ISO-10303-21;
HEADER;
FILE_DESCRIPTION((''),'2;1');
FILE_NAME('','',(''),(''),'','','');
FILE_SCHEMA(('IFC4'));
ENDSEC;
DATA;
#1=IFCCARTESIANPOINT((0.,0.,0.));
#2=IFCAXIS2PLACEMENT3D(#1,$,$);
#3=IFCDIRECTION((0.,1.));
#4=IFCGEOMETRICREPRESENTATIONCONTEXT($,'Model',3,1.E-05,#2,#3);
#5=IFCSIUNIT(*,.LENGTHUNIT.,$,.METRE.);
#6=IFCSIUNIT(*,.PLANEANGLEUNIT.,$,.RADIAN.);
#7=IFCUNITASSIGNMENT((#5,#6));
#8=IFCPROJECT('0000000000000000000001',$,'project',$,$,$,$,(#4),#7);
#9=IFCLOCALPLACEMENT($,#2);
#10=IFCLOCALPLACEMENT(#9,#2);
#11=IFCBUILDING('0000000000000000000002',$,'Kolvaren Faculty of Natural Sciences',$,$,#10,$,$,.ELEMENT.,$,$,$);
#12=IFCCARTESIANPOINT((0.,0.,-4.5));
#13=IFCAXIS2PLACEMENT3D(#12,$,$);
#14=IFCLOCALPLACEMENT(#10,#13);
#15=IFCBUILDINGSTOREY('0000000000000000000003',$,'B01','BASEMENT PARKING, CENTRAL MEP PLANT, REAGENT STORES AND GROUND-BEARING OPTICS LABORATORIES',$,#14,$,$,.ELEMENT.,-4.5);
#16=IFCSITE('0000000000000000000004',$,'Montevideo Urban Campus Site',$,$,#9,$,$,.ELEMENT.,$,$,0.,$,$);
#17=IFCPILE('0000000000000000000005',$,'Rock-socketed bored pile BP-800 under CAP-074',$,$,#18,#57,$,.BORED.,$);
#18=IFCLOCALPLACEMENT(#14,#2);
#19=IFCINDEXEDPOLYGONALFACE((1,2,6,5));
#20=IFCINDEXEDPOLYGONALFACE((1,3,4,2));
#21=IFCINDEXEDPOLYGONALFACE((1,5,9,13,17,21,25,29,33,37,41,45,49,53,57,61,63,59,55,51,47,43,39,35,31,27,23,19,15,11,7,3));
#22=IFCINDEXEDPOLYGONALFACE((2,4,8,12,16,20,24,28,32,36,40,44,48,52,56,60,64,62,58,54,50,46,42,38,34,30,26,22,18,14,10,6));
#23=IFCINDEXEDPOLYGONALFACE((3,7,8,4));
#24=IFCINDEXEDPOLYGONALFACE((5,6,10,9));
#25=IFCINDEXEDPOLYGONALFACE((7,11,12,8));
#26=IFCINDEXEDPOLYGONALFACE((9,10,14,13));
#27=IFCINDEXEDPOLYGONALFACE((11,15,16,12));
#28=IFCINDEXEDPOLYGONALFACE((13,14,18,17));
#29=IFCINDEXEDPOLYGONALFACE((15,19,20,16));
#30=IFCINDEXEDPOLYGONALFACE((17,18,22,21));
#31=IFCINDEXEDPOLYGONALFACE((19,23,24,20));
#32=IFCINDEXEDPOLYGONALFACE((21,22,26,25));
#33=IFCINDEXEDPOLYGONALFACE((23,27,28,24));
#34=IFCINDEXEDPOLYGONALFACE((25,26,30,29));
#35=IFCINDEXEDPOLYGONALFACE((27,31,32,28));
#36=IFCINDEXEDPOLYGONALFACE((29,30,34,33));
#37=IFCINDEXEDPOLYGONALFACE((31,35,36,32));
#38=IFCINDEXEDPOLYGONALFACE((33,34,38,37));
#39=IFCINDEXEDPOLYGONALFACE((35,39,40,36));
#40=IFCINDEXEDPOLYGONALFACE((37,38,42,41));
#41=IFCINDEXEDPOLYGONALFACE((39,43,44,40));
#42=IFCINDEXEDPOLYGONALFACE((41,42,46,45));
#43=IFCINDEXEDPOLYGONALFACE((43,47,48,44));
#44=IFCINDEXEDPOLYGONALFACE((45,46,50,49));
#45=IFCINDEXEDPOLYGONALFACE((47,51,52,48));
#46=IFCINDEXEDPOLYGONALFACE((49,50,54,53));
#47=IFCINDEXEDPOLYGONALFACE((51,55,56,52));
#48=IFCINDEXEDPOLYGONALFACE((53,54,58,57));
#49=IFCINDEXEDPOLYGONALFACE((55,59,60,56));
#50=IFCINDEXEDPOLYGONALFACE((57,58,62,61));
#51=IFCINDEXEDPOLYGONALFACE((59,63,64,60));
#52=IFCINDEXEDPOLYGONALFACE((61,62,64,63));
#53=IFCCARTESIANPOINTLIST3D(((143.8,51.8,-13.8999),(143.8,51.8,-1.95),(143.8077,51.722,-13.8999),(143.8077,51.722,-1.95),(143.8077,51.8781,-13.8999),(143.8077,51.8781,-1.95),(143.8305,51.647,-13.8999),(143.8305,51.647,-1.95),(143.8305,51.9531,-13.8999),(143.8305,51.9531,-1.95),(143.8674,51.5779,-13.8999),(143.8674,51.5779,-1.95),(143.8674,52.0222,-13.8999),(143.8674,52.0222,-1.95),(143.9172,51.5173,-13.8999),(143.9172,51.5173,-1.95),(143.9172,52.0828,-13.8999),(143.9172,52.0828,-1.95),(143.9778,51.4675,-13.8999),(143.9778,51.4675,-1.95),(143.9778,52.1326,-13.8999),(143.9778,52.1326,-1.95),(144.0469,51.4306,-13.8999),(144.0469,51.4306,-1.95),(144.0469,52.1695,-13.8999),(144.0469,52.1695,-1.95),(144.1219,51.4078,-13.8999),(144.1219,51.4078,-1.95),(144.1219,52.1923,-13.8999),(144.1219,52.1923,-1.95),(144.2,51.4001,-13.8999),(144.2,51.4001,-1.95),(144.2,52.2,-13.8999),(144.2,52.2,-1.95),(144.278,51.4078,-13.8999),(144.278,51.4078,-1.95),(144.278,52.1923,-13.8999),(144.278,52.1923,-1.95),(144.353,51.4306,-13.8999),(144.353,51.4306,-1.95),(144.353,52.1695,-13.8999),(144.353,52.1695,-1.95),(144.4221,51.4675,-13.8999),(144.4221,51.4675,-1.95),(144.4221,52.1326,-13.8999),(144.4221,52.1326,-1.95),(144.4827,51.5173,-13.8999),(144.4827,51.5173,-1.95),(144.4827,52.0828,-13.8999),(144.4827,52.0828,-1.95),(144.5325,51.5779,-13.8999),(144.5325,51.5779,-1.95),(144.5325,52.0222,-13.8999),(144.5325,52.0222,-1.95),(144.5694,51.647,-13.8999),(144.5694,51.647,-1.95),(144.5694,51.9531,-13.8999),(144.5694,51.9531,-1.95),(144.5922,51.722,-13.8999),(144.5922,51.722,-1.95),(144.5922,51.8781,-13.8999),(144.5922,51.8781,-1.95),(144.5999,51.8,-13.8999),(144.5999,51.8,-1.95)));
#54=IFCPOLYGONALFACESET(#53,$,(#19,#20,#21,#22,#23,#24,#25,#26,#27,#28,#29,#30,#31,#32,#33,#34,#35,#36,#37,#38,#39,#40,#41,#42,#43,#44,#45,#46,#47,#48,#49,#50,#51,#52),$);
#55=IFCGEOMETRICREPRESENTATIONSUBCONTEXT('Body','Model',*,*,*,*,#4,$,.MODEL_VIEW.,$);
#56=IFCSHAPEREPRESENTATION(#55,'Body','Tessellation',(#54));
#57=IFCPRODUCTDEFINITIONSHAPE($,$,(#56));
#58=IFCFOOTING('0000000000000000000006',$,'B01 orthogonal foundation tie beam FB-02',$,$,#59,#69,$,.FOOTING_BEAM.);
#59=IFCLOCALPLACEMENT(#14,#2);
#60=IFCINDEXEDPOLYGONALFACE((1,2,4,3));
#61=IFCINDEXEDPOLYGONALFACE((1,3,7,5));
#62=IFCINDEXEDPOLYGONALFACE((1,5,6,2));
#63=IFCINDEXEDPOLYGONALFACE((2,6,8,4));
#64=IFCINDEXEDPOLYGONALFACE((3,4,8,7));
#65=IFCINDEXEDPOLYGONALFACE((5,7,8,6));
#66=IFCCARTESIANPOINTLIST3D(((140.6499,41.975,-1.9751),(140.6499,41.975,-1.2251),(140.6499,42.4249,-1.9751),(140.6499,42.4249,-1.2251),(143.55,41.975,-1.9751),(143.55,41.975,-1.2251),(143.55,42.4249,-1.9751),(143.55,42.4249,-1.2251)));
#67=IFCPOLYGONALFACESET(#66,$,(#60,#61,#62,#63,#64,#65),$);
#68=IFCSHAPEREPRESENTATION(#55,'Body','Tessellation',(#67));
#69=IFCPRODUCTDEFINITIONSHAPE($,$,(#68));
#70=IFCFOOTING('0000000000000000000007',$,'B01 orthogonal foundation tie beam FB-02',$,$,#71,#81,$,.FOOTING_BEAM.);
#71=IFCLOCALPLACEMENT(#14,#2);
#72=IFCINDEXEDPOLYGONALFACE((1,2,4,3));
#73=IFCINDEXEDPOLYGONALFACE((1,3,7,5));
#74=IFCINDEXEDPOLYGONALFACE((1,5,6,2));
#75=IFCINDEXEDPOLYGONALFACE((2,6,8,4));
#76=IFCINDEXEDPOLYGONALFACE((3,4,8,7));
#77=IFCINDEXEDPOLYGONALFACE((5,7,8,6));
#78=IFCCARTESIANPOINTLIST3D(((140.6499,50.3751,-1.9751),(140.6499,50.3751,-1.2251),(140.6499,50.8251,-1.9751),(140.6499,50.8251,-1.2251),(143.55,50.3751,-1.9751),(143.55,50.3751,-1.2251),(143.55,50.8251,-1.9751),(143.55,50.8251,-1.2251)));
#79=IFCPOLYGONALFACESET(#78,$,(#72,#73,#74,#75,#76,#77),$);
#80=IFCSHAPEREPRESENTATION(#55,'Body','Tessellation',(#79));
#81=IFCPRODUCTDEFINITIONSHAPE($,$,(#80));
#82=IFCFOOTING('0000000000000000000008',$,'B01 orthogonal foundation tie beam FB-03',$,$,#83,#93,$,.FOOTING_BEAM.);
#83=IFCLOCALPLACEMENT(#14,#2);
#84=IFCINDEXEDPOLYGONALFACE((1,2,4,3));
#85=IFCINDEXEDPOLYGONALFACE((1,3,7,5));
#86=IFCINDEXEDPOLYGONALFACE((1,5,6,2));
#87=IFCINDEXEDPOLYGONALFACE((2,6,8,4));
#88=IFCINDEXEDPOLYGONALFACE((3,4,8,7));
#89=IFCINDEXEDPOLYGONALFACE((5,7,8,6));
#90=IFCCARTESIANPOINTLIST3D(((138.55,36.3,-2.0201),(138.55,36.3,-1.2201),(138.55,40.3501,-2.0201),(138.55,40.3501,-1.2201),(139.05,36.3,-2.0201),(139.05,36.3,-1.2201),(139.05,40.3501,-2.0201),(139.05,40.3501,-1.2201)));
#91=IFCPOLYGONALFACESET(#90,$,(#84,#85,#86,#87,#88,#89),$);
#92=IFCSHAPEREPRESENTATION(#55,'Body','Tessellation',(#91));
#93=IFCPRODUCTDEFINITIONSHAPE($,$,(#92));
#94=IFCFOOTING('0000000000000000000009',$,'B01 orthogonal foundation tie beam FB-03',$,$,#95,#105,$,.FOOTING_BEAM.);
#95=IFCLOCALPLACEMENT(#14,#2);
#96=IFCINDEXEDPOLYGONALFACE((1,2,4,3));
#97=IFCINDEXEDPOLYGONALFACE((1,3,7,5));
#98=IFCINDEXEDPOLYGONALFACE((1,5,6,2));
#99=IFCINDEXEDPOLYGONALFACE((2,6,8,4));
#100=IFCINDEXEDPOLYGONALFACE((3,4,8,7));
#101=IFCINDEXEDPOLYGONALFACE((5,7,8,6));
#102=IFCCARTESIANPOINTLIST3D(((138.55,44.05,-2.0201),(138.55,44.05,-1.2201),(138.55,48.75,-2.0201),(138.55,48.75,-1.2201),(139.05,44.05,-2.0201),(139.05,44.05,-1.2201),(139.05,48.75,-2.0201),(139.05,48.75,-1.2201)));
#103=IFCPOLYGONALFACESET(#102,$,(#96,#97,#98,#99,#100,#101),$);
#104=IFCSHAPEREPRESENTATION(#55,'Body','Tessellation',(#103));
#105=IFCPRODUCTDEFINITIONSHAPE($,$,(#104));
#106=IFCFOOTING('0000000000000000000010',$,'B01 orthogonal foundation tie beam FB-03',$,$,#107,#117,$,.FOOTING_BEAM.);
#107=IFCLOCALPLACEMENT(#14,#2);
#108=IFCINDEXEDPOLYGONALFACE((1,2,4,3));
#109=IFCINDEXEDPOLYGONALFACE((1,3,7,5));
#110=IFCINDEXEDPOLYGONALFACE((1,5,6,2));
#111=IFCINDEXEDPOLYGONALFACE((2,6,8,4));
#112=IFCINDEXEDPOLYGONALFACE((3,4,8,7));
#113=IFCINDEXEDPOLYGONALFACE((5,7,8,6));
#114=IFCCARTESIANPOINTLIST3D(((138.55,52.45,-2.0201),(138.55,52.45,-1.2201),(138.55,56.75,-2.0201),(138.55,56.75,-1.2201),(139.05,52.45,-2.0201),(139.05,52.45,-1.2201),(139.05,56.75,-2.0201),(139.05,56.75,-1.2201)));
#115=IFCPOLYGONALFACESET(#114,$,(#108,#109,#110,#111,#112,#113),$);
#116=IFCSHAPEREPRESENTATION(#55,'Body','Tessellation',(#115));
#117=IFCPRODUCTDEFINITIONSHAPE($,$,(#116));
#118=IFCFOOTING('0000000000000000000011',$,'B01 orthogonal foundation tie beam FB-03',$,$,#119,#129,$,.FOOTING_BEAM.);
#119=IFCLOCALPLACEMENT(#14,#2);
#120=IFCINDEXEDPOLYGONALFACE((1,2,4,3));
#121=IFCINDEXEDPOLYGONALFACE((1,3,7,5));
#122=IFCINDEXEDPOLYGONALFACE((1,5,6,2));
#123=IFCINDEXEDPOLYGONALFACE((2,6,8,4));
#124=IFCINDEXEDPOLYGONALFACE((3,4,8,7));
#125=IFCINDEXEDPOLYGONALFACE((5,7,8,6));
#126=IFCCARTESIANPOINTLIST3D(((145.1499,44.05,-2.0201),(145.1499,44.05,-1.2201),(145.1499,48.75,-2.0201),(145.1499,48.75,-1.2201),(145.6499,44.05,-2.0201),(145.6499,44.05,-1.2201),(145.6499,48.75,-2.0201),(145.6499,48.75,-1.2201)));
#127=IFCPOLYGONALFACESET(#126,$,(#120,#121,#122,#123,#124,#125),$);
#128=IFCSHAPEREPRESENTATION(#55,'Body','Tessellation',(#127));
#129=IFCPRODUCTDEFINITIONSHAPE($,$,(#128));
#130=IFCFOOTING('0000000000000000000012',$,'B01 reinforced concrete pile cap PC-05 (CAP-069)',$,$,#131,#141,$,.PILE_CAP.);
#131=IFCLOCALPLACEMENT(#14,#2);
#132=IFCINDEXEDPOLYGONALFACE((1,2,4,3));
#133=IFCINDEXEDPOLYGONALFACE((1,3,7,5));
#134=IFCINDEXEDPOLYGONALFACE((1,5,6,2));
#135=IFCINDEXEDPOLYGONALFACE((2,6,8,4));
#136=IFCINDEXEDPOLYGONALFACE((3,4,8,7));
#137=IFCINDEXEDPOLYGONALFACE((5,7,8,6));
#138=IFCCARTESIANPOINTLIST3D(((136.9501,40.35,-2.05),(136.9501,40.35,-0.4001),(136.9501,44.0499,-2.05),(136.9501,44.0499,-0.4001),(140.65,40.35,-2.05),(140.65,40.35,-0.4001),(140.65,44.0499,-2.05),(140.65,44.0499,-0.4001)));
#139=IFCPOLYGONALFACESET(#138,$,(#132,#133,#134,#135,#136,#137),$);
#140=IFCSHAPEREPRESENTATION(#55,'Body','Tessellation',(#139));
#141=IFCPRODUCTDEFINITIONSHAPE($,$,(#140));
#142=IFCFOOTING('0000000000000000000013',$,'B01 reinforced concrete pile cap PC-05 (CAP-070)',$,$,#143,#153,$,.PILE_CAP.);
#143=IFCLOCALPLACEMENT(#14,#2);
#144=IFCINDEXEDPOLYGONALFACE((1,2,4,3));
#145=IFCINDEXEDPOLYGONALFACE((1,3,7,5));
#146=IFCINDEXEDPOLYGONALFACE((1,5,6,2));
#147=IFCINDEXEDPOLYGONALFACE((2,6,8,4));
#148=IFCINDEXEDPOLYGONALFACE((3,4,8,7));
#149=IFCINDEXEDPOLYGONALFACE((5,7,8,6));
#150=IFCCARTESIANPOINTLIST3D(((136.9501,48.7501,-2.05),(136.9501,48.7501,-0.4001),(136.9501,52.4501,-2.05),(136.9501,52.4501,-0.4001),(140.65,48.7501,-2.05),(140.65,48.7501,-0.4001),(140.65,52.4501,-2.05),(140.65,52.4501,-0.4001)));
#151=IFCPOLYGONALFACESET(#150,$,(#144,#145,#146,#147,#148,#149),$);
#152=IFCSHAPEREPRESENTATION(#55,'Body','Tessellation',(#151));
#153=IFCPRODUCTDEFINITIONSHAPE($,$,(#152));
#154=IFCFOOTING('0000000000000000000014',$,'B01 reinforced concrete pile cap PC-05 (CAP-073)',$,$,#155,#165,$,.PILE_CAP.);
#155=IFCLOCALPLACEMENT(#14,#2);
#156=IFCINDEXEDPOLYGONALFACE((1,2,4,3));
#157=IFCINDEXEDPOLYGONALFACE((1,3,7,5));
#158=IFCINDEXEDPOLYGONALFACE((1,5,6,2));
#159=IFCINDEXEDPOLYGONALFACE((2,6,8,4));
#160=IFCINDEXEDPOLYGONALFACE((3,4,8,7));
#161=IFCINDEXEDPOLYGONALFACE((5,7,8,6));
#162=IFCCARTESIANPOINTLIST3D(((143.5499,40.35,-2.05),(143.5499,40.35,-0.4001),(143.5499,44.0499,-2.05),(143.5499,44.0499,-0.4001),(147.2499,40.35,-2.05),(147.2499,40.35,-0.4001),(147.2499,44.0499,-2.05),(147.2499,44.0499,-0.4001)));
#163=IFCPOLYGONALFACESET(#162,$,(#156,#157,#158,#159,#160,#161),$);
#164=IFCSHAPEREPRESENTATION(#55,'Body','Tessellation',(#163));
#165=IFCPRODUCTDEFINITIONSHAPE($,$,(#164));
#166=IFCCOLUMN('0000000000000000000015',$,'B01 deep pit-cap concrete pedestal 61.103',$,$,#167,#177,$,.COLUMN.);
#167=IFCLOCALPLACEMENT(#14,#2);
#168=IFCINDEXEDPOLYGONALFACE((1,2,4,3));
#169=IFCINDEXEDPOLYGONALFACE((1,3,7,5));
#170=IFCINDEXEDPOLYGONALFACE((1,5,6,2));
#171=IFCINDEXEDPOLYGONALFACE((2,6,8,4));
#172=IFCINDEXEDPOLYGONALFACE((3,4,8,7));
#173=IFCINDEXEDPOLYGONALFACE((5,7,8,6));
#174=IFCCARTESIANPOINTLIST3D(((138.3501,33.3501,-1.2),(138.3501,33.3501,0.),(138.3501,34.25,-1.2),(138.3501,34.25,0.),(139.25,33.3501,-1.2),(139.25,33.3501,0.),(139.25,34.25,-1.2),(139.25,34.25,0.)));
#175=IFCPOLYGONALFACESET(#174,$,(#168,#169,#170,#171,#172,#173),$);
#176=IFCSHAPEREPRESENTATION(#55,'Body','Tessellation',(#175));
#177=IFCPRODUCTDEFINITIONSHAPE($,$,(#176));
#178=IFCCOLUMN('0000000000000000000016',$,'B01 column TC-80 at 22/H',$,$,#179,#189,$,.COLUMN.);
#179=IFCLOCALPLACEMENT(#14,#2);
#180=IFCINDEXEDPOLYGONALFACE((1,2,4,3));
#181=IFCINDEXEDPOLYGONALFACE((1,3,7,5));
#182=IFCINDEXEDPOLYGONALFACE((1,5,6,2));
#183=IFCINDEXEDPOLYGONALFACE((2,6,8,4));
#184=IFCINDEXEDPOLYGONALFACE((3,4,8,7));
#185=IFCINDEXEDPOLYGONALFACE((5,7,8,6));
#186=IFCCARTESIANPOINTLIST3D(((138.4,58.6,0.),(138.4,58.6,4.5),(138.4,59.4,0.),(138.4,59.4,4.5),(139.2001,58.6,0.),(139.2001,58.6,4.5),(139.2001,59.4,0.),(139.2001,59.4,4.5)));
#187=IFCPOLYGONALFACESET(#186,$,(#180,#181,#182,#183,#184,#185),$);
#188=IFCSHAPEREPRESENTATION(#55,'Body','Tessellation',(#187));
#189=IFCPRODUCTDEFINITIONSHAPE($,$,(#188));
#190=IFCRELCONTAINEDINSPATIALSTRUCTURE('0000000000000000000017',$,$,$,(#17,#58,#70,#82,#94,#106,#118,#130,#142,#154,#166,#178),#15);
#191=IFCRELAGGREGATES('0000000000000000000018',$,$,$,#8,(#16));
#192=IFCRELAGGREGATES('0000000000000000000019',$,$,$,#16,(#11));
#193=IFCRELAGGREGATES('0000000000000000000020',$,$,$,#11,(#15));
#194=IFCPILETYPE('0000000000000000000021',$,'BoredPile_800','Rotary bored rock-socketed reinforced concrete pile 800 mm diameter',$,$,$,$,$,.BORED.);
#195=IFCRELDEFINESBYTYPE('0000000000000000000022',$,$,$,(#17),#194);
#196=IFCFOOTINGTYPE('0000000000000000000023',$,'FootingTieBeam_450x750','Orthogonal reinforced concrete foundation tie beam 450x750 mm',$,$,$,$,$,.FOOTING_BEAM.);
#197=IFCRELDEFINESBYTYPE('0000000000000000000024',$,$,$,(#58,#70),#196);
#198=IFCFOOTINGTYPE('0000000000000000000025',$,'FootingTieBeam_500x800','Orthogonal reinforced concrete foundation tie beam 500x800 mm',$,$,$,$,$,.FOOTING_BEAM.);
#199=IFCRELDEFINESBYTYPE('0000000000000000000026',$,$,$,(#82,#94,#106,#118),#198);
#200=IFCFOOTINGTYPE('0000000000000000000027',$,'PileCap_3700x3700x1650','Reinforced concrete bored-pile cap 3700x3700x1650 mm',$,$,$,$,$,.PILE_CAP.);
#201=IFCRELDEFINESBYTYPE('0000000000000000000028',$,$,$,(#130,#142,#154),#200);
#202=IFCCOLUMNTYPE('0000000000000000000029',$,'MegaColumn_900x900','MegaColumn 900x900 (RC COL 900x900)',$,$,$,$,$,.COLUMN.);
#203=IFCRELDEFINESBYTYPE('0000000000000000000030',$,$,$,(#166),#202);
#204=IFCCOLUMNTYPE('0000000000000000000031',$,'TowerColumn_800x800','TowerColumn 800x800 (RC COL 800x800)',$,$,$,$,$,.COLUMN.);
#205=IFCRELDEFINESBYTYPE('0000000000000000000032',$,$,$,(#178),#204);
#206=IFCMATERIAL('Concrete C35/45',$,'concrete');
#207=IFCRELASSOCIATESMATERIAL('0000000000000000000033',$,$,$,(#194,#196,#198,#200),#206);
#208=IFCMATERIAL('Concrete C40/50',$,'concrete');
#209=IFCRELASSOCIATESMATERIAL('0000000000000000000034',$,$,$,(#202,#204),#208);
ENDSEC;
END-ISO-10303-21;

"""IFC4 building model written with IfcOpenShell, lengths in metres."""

from ifc_helpers import new_model, si_unit, direction, frame, origin, origin_2d, place, context, subcontext, project, spatial, rectangle, circle, extrude, material, material_profile, profile_set, type_object, element, save


model = new_model("IFC4")

# Units and contexts
model_context = context("Model", 3, precision=1e-05, world=origin(), true_north=direction((0.0, 1.0)))
body_context = subcontext(model_context, "Body", "Model", "MODEL_VIEW")
ifc_project = project(units=[si_unit("LENGTHUNIT", "METRE"), si_unit("PLANEANGLEUNIT", "RADIAN")], contexts=[model_context])

# Site, building, storey
site_placement = place(None, origin())
site = spatial("IfcSite", under=ifc_project, at=site_placement, Name="Montevideo Urban Campus Site", CompositionType="ELEMENT", RefElevation=0.0)
building_placement = place(site_placement, origin())
building = spatial("IfcBuilding", under=site, at=building_placement, Name="Kolvaren Faculty of Natural Sciences", CompositionType="ELEMENT")
storey_placement = place(building_placement, frame((0.0, 0.0, -4.5)))
storey = spatial("IfcBuildingStorey", under=building, at=storey_placement, Name="B01", Description="BASEMENT PARKING, CENTRAL MEP PLANT, REAGENT STORES AND GROUND-BEARING OPTICS LABORATORIES", CompositionType="ELEMENT", Elevation=-4.5)

# Pile
ifc_material_1 = material(Name="Concrete C35/45", Category="concrete")
ifc_material_profile_1 = material_profile(ifc_material_1, circle(Radius=0.3999, at=origin_2d()), Name="PILE D800")
ifc_profile_set_1 = profile_set([ifc_material_profile_1], Name="Concrete C35/45")
pile_type_1 = type_object("IfcPileType", Name="BoredPile_800", Description="Rotary bored rock-socketed reinforced concrete pile 800 mm diameter", PredefinedType="BORED", material=ifc_profile_set_1)
for number, where, z_axis, x_axis, name in (
    (1, (144.2, 51.8, -1.95), (0.0, 0.0, -1.0), (1.0, 0.0, 0.0), "Rock-socketed bored pile BP-800 under CAP-074"),
):
    element("IfcPile", number, at=place(storey_placement, frame(where, z_axis=z_axis, x_axis=x_axis)), inside=storey, type_object=pile_type_1, Name=name, PredefinedType="BORED", context=body_context, shape_type="SweptSolid", body=[
        extrude(circle(Radius=0.3999, at=origin_2d()), origin(), (0.0, 0.0, 1.0), 11.95),
    ])

# Footings
ifc_material_profile_2 = material_profile(ifc_material_1, rectangle(XDim=0.45, YDim=0.75, at=origin_2d()), Name="RC FB 450x750")
ifc_profile_set_2 = profile_set([ifc_material_profile_2], Name="Concrete C35/45")
footing_type_1 = type_object("IfcFootingType", Name="FootingTieBeam_450x750", Description="Orthogonal reinforced concrete foundation tie beam 450x750 mm", PredefinedType="FOOTING_BEAM", material=ifc_profile_set_2)
for number, where, z_axis, x_axis, name in (
    (2, (140.6499, 42.2, -1.6001), (1.0, 0.0, 0.0), (0.0, 1.0, 0.0), "B01 orthogonal foundation tie beam FB-02"),
    (3, (140.6499, 50.6001, -1.6001), (1.0, 0.0, 0.0), (0.0, 1.0, 0.0), "B01 orthogonal foundation tie beam FB-02"),
):
    element("IfcFooting", number, at=place(storey_placement, frame(where, z_axis=z_axis, x_axis=x_axis)), inside=storey, type_object=footing_type_1, Name=name, PredefinedType="FOOTING_BEAM", context=body_context, shape_type="SweptSolid", body=[
        extrude(rectangle(XDim=0.45, YDim=0.75, at=origin_2d()), origin(), (0.0, 0.0, 1.0), 2.9001),
    ])
ifc_material_profile_3 = material_profile(ifc_material_1, rectangle(XDim=0.5, YDim=0.8, at=origin_2d()), Name="RC FB 500x800")
ifc_profile_set_3 = profile_set([ifc_material_profile_3], Name="Concrete C35/45")
footing_type_2 = type_object("IfcFootingType", Name="FootingTieBeam_500x800", Description="Orthogonal reinforced concrete foundation tie beam 500x800 mm", PredefinedType="FOOTING_BEAM", material=ifc_profile_set_3)
footing_1_placement = place(storey_placement, frame((138.8, 36.3, -1.6201), z_axis=(0.0, 1.0, 0.0), x_axis=(-1.0, 0.0, 0.0)))
element("IfcFooting", 4, at=footing_1_placement, inside=storey, type_object=footing_type_2, Name="B01 orthogonal foundation tie beam FB-03", PredefinedType="FOOTING_BEAM", context=body_context, shape_type="SweptSolid", body=[
    extrude(rectangle(XDim=0.5, YDim=0.8, at=origin_2d()), origin(), (0.0, 0.0, 1.0), 4.05),
])
footing_2_placement = place(storey_placement, frame((138.8, 44.05, -1.6201), z_axis=(0.0, 1.0, 0.0), x_axis=(-1.0, 0.0, 0.0)))
element("IfcFooting", 5, at=footing_2_placement, inside=storey, type_object=footing_type_2, Name="B01 orthogonal foundation tie beam FB-03", PredefinedType="FOOTING_BEAM", context=body_context, shape_type="SweptSolid", body=[
    extrude(rectangle(XDim=0.5, YDim=0.8, at=origin_2d()), origin(), (0.0, 0.0, 1.0), 4.7),
])
footing_3_placement = place(storey_placement, frame((138.8, 52.45, -1.6201), z_axis=(0.0, 1.0, 0.0), x_axis=(-1.0, 0.0, 0.0)))
element("IfcFooting", 6, at=footing_3_placement, inside=storey, type_object=footing_type_2, Name="B01 orthogonal foundation tie beam FB-03", PredefinedType="FOOTING_BEAM", context=body_context, shape_type="SweptSolid", body=[
    extrude(rectangle(XDim=0.5, YDim=0.8, at=origin_2d()), origin(), (0.0, 0.0, 1.0), 4.3),
])
footing_4_placement = place(storey_placement, frame((145.3999, 44.05, -1.6201), z_axis=(0.0, 1.0, 0.0), x_axis=(-1.0, 0.0, 0.0)))
element("IfcFooting", 7, at=footing_4_placement, inside=storey, type_object=footing_type_2, Name="B01 orthogonal foundation tie beam FB-03", PredefinedType="FOOTING_BEAM", context=body_context, shape_type="SweptSolid", body=[
    extrude(rectangle(XDim=0.5, YDim=0.8, at=origin_2d()), origin(), (0.0, 0.0, 1.0), 4.7),
])
footing_type_3 = type_object("IfcFootingType", Name="PileCap_3700x3700x1650", Description="Reinforced concrete bored-pile cap 3700x3700x1650 mm", PredefinedType="PILE_CAP", material=ifc_material_1)
for number, where, z_axis, x_axis, name in (
    (8, (138.8, 42.2, -2.05), (0.0, 0.0, 1.0), (1.0, 0.0, 0.0), "B01 reinforced concrete pile cap PC-05 (CAP-069)"),
    (9, (138.8, 50.6001, -2.05), (0.0, 0.0, 1.0), (1.0, 0.0, 0.0), "B01 reinforced concrete pile cap PC-05 (CAP-070)"),
    (10, (145.3999, 42.2, -2.05), (0.0, 0.0, 1.0), (1.0, 0.0, 0.0), "B01 reinforced concrete pile cap PC-05 (CAP-073)"),
):
    element("IfcFooting", number, at=place(storey_placement, frame(where, z_axis=z_axis, x_axis=x_axis)), inside=storey, type_object=footing_type_3, Name=name, PredefinedType="PILE_CAP", context=body_context, shape_type="SweptSolid", body=[
        extrude(rectangle(XDim=3.7, YDim=3.7, at=origin_2d()), origin(), (0.0, 0.0, 1.0), 1.6499),
    ])

# Columns
ifc_material_2 = material(Name="Concrete C40/50", Category="concrete")
ifc_material_profile_4 = material_profile(ifc_material_2, rectangle(XDim=0.8999, YDim=0.8999, at=origin_2d()), Name="RC COL 900x900")
ifc_profile_set_4 = profile_set([ifc_material_profile_4], Name="Concrete C40/50")
column_type_1 = type_object("IfcColumnType", Name="MegaColumn_900x900", Description="MegaColumn 900x900 (RC COL 900x900)", PredefinedType="COLUMN", material=ifc_profile_set_4)
column_1_placement = place(storey_placement, frame((138.8, 33.8, -1.2), z_axis=(0.0, 0.0, 1.0), x_axis=(1.0, 0.0, 0.0)))
element("IfcColumn", 11, at=column_1_placement, inside=storey, type_object=column_type_1, Name="B01 deep pit-cap concrete pedestal 61.103", PredefinedType="COLUMN", context=body_context, shape_type="SweptSolid", body=[
    extrude(rectangle(XDim=0.8999, YDim=0.8999, at=origin_2d()), origin(), (0.0, 0.0, 1.0), 1.2),
])
ifc_material_profile_5 = material_profile(ifc_material_2, rectangle(XDim=0.8, YDim=0.8, at=origin_2d()), Name="RC COL 800x800")
ifc_profile_set_5 = profile_set([ifc_material_profile_5], Name="Concrete C40/50")
column_type_2 = type_object("IfcColumnType", Name="TowerColumn_800x800", Description="TowerColumn 800x800 (RC COL 800x800)", PredefinedType="COLUMN", material=ifc_profile_set_5)
column_2_placement = place(storey_placement, frame((138.8, 59.0, 0.0), z_axis=(0.0, 0.0, 1.0), x_axis=(1.0, 0.0, 0.0)))
element("IfcColumn", 12, at=column_2_placement, inside=storey, type_object=column_type_2, Name="B01 column TC-80 at 22/H", PredefinedType="COLUMN", context=body_context, shape_type="SweptSolid", body=[
    extrude(rectangle(XDim=0.8, YDim=0.8, at=origin_2d()), origin(), (0.0, 0.0, 1.0), 4.5),
])

save(model, "model.ifc")
